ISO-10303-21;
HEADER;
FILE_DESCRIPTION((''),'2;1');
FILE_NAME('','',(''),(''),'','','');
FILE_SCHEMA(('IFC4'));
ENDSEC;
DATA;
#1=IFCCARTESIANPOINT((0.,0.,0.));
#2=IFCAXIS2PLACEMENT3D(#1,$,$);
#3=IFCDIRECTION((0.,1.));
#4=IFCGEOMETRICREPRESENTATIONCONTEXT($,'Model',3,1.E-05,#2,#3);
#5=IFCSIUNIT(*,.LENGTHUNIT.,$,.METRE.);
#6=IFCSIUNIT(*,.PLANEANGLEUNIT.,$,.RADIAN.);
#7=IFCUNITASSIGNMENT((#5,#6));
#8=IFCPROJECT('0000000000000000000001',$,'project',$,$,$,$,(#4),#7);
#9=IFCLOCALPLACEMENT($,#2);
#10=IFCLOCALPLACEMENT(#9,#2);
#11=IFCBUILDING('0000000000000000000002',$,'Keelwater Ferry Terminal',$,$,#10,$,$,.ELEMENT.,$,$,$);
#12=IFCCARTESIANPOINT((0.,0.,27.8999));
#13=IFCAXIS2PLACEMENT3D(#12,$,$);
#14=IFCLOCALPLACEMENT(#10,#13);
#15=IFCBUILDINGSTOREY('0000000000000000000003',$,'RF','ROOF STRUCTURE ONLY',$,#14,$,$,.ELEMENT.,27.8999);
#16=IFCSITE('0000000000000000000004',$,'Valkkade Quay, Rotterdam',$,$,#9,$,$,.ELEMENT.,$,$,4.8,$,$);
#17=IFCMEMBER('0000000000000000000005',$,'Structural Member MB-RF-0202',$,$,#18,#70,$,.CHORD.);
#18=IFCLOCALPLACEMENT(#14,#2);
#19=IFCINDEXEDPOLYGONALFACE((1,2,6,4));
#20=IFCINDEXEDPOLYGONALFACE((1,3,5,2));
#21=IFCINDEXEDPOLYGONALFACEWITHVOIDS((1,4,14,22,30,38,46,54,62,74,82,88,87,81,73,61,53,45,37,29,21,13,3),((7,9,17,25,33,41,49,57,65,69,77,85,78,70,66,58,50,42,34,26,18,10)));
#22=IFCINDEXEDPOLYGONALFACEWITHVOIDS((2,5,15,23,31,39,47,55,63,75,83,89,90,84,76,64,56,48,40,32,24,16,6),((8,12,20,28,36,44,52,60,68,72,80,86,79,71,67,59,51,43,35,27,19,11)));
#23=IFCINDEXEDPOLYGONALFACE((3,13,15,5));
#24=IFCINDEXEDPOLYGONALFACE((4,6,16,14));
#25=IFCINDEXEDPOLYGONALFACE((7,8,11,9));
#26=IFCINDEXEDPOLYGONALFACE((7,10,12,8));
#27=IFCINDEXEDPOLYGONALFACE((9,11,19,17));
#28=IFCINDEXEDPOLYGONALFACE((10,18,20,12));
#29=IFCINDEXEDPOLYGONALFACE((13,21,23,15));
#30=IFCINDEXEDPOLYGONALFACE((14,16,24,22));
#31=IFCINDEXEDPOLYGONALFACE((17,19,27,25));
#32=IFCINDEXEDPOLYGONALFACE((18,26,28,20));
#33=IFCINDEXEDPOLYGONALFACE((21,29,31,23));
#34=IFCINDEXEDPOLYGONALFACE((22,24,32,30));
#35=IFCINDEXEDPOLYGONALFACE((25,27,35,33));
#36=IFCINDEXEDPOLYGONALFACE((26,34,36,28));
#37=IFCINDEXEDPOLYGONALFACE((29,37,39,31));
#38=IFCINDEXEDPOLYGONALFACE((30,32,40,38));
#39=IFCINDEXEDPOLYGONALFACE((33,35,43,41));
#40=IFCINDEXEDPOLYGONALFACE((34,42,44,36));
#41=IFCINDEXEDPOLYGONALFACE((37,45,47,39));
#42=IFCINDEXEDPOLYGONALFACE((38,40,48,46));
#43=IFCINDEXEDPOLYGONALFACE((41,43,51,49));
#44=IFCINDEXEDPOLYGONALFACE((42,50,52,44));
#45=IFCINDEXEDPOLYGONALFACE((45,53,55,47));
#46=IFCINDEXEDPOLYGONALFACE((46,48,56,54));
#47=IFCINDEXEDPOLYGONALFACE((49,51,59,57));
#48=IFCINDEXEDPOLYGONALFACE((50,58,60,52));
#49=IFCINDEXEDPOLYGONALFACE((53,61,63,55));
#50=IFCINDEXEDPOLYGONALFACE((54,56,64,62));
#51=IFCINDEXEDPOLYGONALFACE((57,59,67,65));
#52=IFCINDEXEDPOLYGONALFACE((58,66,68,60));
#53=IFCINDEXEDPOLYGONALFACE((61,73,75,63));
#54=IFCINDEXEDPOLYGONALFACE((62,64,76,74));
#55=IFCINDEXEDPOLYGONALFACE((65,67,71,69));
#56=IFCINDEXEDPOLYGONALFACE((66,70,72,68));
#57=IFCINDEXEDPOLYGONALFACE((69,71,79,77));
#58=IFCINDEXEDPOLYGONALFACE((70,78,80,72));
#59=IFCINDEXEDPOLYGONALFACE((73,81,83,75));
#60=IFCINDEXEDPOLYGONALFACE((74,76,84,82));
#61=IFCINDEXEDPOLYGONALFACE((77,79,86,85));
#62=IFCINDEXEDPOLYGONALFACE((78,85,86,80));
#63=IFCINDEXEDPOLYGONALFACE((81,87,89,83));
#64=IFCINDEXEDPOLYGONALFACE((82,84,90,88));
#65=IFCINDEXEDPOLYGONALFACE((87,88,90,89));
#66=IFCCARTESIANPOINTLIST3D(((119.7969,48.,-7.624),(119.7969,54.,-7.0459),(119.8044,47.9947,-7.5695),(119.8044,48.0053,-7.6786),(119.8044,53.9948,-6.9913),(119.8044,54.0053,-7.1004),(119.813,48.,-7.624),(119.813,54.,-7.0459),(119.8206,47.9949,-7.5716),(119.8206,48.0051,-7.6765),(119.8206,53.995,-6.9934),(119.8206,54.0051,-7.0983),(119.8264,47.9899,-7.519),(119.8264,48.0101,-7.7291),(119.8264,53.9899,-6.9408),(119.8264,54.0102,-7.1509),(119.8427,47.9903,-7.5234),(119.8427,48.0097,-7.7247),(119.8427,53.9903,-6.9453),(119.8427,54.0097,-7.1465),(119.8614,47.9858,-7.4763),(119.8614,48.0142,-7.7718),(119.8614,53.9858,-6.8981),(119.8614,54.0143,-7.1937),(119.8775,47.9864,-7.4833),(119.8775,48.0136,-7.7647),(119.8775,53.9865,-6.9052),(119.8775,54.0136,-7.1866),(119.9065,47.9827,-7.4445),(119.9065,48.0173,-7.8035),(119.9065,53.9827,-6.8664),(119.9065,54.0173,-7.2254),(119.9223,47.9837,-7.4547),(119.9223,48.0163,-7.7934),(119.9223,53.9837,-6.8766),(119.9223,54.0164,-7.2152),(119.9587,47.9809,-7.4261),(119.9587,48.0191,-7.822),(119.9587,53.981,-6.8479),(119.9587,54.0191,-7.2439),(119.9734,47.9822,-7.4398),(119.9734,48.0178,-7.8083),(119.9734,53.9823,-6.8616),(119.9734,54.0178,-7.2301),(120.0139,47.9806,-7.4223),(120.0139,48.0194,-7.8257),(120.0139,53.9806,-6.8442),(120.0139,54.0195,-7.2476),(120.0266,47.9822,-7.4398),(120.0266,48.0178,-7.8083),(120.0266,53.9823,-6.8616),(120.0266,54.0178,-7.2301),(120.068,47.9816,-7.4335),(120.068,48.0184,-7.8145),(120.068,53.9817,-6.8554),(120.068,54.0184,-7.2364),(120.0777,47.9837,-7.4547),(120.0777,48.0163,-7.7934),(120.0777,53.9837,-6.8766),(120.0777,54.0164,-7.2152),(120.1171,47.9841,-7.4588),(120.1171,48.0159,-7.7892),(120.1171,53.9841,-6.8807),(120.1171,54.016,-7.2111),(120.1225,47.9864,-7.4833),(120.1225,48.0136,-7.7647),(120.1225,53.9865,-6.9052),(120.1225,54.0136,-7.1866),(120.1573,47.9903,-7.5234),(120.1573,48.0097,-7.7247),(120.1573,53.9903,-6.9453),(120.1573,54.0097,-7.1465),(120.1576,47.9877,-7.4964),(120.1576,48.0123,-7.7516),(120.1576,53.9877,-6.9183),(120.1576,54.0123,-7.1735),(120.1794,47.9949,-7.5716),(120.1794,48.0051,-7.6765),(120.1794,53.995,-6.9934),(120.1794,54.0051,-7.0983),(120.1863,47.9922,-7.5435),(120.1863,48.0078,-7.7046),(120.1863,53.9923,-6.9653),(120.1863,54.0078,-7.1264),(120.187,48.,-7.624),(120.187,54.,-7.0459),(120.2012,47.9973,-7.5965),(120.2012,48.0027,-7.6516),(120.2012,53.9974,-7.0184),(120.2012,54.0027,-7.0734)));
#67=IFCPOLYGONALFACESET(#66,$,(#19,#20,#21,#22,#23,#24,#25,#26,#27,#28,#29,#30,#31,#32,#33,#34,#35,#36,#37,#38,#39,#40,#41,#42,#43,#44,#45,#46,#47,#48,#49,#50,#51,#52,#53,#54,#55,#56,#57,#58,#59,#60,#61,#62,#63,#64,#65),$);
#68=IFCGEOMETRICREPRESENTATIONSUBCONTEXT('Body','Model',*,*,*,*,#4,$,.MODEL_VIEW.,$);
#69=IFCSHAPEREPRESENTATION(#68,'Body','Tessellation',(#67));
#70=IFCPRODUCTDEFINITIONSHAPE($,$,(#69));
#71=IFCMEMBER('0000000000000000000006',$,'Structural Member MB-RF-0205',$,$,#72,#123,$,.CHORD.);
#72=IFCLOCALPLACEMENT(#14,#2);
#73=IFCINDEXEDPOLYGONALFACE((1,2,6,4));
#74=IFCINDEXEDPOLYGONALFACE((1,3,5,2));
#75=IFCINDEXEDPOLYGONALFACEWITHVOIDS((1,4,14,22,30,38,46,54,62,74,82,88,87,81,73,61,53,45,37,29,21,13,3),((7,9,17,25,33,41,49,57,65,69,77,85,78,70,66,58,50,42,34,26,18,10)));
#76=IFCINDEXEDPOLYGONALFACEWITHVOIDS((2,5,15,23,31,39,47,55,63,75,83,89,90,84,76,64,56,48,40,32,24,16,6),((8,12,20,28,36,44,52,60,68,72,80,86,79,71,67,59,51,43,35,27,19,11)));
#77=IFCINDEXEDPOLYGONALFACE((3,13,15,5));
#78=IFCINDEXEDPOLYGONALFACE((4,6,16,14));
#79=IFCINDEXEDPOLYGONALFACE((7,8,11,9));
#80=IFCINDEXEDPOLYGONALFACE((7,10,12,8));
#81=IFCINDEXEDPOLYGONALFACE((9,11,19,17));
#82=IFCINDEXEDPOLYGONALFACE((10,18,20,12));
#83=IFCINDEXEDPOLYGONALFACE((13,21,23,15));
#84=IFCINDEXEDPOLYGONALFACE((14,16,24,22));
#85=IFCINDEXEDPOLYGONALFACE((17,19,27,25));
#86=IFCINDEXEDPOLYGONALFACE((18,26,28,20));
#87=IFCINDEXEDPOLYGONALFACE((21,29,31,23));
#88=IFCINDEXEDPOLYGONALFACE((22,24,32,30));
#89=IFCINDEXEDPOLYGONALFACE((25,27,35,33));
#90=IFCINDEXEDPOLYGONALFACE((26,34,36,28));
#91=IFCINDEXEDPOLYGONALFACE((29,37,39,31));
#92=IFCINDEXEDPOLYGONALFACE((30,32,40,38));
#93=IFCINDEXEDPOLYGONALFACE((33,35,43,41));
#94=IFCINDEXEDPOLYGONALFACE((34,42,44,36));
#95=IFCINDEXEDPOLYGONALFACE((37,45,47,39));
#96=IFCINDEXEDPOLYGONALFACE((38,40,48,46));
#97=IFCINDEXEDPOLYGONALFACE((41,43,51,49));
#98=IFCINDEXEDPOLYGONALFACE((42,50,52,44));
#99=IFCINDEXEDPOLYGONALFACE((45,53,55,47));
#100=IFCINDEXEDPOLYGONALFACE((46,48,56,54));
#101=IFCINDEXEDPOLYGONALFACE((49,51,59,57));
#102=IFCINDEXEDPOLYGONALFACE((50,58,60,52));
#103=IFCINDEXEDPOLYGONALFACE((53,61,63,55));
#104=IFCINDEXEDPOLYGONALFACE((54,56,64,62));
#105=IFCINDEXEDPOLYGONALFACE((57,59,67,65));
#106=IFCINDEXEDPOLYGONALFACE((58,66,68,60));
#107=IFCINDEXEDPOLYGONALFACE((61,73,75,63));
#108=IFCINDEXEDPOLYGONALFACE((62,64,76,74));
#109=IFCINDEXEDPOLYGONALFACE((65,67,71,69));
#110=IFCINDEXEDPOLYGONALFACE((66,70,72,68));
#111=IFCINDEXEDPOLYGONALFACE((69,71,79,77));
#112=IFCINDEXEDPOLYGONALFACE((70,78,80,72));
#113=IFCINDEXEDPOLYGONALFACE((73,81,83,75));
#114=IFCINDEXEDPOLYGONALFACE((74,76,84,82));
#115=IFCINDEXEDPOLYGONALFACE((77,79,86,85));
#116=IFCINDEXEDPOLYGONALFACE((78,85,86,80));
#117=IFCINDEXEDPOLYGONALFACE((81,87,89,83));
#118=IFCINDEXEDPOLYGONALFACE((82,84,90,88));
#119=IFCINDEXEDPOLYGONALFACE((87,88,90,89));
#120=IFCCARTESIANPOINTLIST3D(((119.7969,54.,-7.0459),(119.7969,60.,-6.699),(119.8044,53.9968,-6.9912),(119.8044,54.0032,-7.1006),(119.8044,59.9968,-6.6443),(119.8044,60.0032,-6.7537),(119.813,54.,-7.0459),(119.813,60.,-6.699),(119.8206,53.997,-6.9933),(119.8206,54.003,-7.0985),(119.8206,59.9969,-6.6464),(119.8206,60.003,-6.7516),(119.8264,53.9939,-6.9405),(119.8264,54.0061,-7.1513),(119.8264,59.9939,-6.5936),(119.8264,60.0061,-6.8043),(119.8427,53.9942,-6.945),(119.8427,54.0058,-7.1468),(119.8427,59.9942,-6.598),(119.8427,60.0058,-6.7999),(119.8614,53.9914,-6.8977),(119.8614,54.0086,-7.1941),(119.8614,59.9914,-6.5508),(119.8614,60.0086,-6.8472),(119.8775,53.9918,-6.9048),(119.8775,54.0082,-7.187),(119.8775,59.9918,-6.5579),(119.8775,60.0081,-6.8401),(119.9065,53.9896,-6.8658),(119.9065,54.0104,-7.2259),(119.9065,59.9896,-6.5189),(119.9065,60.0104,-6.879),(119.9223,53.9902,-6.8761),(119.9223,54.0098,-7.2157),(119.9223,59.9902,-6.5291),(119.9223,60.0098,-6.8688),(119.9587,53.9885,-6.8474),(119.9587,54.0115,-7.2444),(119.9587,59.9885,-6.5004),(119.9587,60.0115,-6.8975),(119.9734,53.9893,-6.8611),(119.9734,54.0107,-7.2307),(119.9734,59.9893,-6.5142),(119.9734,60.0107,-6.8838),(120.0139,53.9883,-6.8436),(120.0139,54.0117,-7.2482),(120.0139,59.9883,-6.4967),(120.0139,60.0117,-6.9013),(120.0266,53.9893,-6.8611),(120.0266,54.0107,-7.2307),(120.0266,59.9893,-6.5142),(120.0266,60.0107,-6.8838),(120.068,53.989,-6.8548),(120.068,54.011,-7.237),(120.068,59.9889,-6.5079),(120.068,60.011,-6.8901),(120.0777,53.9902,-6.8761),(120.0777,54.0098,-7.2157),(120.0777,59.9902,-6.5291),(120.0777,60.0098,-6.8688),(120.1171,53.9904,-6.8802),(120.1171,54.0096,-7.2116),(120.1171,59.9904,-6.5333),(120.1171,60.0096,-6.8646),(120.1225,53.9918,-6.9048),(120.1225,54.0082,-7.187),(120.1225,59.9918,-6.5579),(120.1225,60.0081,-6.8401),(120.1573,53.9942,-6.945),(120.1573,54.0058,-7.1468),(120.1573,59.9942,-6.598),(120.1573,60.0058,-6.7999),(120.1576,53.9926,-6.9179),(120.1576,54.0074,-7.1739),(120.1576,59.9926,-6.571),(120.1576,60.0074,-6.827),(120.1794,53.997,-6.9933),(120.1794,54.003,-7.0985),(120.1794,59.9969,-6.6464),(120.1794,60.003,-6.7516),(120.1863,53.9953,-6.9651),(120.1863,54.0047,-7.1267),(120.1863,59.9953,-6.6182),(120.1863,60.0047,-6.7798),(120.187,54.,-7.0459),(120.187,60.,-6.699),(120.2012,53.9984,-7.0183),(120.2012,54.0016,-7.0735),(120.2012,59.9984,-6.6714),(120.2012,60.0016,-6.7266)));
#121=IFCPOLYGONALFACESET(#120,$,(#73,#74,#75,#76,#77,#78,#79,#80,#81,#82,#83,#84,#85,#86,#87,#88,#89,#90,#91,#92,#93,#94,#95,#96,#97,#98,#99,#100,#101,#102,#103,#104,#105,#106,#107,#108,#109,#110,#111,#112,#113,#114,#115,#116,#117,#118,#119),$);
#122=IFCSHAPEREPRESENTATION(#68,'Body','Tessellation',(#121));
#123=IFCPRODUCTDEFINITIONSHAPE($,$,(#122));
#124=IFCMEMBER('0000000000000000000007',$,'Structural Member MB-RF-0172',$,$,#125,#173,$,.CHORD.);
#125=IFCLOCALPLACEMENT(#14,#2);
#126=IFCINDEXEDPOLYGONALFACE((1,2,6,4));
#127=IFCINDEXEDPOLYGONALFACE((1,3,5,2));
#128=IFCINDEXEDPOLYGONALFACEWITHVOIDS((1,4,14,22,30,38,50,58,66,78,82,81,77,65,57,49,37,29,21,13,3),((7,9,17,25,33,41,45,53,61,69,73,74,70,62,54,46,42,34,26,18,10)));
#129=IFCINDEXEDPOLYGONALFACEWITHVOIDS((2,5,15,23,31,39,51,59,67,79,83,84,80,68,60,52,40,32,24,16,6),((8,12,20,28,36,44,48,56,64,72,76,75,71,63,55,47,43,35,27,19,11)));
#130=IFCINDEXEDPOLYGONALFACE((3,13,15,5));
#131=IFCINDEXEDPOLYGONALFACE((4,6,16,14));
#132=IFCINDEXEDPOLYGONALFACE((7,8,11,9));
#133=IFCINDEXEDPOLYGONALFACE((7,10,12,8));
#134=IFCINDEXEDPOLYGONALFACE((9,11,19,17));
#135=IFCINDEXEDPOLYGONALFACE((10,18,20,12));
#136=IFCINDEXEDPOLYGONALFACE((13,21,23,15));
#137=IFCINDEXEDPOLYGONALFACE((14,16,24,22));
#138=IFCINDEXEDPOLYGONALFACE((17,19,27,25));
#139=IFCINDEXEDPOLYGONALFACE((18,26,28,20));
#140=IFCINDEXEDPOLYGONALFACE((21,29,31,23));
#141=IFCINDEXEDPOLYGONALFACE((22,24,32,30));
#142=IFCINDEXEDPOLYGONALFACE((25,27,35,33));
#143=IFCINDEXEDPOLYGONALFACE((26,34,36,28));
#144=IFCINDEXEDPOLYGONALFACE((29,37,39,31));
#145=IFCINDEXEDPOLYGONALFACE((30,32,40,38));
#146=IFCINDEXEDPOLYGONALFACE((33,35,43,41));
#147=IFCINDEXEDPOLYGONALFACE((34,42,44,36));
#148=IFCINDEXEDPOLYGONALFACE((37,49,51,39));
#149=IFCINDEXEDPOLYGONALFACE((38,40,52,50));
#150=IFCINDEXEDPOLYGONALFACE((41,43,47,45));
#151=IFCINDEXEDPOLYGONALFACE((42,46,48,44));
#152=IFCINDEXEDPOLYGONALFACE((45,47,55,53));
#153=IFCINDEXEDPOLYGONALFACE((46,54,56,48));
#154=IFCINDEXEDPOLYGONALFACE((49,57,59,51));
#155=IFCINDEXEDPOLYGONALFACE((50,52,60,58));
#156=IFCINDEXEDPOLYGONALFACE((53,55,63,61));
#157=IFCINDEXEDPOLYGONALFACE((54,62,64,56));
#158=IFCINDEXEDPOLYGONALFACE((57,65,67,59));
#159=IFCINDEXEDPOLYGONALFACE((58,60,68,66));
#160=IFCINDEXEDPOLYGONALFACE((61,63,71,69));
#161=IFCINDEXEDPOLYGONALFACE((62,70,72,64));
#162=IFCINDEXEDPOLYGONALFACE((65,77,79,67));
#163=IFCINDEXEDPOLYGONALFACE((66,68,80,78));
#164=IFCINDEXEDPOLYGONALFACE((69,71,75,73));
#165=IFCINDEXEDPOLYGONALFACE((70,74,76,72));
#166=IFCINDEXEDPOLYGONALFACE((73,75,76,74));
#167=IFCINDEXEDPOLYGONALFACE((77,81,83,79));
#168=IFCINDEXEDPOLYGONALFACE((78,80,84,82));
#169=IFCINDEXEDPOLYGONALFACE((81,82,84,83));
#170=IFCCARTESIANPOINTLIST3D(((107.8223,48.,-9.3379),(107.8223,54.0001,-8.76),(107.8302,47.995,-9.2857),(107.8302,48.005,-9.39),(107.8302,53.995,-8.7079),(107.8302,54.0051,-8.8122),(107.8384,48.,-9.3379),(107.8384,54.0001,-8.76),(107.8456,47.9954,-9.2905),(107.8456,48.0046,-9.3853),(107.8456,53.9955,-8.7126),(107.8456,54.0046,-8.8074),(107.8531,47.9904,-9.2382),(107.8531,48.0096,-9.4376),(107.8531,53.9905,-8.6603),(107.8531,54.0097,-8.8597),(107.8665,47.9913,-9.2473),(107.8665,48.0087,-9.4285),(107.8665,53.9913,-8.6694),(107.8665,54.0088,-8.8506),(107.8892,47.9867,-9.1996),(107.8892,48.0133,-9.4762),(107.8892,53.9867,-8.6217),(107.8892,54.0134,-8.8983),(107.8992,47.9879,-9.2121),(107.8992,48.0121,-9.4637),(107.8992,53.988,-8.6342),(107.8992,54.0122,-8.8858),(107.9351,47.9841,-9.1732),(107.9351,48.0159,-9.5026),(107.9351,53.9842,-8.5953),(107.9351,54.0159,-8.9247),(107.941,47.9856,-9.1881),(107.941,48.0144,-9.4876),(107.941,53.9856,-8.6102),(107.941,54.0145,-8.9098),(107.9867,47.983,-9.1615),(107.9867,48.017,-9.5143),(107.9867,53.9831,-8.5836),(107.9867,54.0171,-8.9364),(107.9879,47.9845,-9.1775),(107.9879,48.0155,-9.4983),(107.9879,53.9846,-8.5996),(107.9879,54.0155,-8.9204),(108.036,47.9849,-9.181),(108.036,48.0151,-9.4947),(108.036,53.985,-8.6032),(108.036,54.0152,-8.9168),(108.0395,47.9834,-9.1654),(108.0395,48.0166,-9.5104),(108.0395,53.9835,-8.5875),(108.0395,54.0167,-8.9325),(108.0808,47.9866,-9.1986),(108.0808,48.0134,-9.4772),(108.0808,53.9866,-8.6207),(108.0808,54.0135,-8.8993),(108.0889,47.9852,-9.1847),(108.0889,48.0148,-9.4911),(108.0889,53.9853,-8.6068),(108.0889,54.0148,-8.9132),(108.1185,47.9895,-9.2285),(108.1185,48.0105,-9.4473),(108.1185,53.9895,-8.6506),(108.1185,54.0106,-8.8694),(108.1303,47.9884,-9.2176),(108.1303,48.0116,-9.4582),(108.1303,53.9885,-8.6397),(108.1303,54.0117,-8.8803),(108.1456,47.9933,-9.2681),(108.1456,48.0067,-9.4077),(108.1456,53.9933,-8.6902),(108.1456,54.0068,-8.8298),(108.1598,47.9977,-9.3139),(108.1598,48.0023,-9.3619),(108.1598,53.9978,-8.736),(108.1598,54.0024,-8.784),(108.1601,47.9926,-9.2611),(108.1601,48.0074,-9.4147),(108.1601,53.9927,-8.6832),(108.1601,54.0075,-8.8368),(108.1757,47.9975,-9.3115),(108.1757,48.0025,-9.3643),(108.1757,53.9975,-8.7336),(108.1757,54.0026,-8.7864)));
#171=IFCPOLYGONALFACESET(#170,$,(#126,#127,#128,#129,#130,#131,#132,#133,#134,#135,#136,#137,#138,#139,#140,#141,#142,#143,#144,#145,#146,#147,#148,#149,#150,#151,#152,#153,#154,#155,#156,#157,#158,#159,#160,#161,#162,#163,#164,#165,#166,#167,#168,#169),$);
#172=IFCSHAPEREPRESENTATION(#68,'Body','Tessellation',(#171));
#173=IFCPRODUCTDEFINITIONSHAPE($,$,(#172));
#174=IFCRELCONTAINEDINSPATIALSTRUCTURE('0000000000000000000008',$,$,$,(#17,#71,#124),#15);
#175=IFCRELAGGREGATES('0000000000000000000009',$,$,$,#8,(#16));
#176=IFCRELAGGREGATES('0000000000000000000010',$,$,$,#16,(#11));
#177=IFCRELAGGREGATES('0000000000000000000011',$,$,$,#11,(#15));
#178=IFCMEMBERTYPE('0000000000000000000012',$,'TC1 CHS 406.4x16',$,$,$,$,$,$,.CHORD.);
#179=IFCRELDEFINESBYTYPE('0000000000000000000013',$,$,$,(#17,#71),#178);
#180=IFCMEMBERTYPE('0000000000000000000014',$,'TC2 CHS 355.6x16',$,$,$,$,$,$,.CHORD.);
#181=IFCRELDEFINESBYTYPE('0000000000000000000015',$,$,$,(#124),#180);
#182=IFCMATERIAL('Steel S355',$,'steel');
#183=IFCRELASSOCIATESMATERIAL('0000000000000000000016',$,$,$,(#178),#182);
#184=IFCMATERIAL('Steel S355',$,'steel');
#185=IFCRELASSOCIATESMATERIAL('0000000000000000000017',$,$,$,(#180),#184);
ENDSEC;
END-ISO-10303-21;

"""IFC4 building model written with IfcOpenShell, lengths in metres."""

from ifc_helpers import new_model, si_unit, direction, frame, origin, origin_2d, place, context, subcontext, project, spatial, hollow_circle, extrude, material, material_profile, profile_set, type_object, element, save


model = new_model("IFC4")

# Units and contexts
model_context = context("Model", 3, precision=1e-05, world=origin(), true_north=direction((0.0, 1.0)))
body_context = subcontext(model_context, "Body", "Model", "MODEL_VIEW")
ifc_project = project(units=[si_unit("LENGTHUNIT", "METRE"), si_unit("PLANEANGLEUNIT", "RADIAN")], contexts=[model_context])

# Site, building, storey
site_placement = place(None, origin())
site = spatial("IfcSite", under=ifc_project, at=site_placement, Name="Valkkade Quay, Rotterdam", CompositionType="ELEMENT", RefElevation=4.8)
building_placement = place(site_placement, origin())
building = spatial("IfcBuilding", under=site, at=building_placement, Name="Keelwater Ferry Terminal", CompositionType="ELEMENT")
storey_placement = place(building_placement, frame((0.0, 0.0, 27.8999)))
storey = spatial("IfcBuildingStorey", under=building, at=storey_placement, Name="RF", Description="ROOF STRUCTURE ONLY", CompositionType="ELEMENT", Elevation=27.8999)

# Members
ifc_material_1 = material(Name="Steel S355", Category="steel")
ifc_material_profile_1 = material_profile(ifc_material_1, hollow_circle(Radius=0.2031, WallThickness=0.0161, at=origin_2d()), Name="CHS 406.4x16")
ifc_profile_set_1 = profile_set([ifc_material_profile_1], Name="Steel S355")
member_type_1 = type_object("IfcMemberType", Name="TC1 CHS 406.4x16", PredefinedType="CHORD", material=ifc_profile_set_1)
member_1_placement = place(storey_placement, frame((120.0, 48.0, -7.624), z_axis=(0.0, 0.99539, 0.09591), x_axis=(-1.0, 0.0, 0.0)))
element("IfcMember", 1, at=member_1_placement, inside=storey, type_object=member_type_1, Name="Structural Member MB-RF-0202", PredefinedType="CHORD", context=body_context, shape_type="SweptSolid", body=[
    extrude(hollow_circle(Radius=0.2031, WallThickness=0.0161, at=origin_2d()), origin(), (0.0, 0.0, 1.0), 6.0278),
])
member_2_placement = place(storey_placement, frame((120.0, 54.0, -7.0459), z_axis=(0.0, 0.998333, 0.057724), x_axis=(-1.0, 0.0, 0.0)))
element("IfcMember", 2, at=member_2_placement, inside=storey, type_object=member_type_1, Name="Structural Member MB-RF-0205", PredefinedType="CHORD", context=body_context, shape_type="SweptSolid", body=[
    extrude(hollow_circle(Radius=0.2031, WallThickness=0.0161, at=origin_2d()), origin(), (0.0, 0.0, 1.0), 6.01),
])
ifc_material_2 = material(Name="Steel S355", Category="steel")
ifc_material_profile_2 = material_profile(ifc_material_2, hollow_circle(Radius=0.1777, WallThickness=0.0161, at=origin_2d()), Name="CHS 355.6x16")
ifc_profile_set_2 = profile_set([ifc_material_profile_2], Name="Steel S355")
member_type_2 = type_object("IfcMemberType", Name="TC2 CHS 355.6x16", PredefinedType="CHORD", material=ifc_profile_set_2)
member_3_placement = place(storey_placement, frame((108.0, 48.0, -9.3379), z_axis=(0.0, 0.995394, 0.09587), x_axis=(-1.0, 0.0, 0.0)))
element("IfcMember", 3, at=member_3_placement, inside=storey, type_object=member_type_2, Name="Structural Member MB-RF-0172", PredefinedType="CHORD", context=body_context, shape_type="SweptSolid", body=[
    extrude(hollow_circle(Radius=0.1777, WallThickness=0.0161, at=origin_2d()), origin(), (0.0, 0.0, 1.0), 6.0278),
])

save(model, "model.ifc")
